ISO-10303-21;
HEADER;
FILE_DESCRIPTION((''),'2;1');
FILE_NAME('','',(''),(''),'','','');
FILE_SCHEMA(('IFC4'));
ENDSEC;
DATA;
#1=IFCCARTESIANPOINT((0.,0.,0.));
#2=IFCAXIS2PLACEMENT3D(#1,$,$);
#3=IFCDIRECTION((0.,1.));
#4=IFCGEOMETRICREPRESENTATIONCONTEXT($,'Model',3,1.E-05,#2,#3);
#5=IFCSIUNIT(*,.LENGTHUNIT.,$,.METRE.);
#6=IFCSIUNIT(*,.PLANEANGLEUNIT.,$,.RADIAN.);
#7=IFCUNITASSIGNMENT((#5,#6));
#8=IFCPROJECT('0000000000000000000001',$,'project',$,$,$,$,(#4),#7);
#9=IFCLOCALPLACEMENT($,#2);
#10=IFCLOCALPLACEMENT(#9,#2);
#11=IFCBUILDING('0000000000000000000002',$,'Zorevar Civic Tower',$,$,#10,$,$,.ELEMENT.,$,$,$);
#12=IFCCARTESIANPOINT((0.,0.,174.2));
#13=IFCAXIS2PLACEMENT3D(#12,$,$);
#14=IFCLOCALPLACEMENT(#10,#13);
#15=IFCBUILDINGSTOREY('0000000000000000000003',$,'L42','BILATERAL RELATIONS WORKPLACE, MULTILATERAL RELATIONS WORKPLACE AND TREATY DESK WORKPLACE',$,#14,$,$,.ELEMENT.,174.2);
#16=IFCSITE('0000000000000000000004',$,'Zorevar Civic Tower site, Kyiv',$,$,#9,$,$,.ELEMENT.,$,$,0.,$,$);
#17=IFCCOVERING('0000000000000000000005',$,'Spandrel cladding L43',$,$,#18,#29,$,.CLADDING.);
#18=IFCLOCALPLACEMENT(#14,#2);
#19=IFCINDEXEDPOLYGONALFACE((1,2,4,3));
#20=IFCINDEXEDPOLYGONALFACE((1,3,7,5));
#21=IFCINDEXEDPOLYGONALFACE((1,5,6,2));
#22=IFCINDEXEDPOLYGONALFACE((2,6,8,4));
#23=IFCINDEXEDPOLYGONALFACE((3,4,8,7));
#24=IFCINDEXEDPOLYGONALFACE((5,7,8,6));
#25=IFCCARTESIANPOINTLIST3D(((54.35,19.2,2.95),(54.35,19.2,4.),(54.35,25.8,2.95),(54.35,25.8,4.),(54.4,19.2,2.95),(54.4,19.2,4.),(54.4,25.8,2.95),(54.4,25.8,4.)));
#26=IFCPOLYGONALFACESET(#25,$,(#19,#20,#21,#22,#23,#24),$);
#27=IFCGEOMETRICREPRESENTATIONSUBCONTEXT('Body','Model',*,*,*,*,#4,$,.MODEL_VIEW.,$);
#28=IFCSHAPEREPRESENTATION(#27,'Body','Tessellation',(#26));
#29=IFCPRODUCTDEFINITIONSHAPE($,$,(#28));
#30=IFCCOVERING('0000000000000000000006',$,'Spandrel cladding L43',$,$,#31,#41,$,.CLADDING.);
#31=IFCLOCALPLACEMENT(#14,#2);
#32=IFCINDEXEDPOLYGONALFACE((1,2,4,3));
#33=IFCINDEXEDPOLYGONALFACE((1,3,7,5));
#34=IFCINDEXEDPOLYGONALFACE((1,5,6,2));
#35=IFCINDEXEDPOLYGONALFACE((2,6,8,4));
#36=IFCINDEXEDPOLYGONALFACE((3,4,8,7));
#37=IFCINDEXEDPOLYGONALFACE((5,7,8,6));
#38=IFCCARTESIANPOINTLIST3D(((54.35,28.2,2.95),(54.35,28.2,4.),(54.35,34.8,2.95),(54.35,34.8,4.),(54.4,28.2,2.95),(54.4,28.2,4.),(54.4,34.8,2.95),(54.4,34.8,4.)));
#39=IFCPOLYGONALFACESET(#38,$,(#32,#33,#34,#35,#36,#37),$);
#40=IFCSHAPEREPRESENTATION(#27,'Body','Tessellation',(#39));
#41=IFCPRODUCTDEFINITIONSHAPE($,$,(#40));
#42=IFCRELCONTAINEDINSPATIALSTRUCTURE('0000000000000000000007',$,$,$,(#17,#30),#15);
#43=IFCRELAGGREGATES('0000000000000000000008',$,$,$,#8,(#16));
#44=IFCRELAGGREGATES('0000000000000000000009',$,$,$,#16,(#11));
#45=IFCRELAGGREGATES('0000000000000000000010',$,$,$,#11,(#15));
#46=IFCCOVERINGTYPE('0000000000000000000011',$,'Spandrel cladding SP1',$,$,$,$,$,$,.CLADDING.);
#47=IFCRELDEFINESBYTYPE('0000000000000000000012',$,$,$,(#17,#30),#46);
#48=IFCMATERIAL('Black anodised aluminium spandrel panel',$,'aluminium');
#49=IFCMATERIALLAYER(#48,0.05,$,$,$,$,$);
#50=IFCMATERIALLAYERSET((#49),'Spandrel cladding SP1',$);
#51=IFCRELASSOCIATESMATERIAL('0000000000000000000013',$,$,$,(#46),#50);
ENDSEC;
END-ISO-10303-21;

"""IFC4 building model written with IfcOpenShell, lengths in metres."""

from ifc_helpers import new_model, si_unit, direction, frame, frame_2d, origin, place, context, subcontext, project, spatial, rectangle, extrude, material, layer, layer_set, type_object, element, save


model = new_model("IFC4")

# Units and contexts
model_context = context("Model", 3, precision=1e-05, world=origin(), true_north=direction((0.0, 1.0)))
body_context = subcontext(model_context, "Body", "Model", "MODEL_VIEW")
ifc_project = project(units=[si_unit("LENGTHUNIT", "METRE"), si_unit("PLANEANGLEUNIT", "RADIAN")], contexts=[model_context])

# Site, building, storey
site_placement = place(None, origin())
site = spatial("IfcSite", under=ifc_project, at=site_placement, Name="Zorevar Civic Tower site, Kyiv", CompositionType="ELEMENT", RefElevation=0.0)
building_placement = place(site_placement, origin())
building = spatial("IfcBuilding", under=site, at=building_placement, Name="Zorevar Civic Tower", CompositionType="ELEMENT")
storey_placement = place(building_placement, frame((0.0, 0.0, 174.2)))
storey = spatial("IfcBuildingStorey", under=building, at=storey_placement, Name="L42", Description="BILATERAL RELATIONS WORKPLACE, MULTILATERAL RELATIONS WORKPLACE AND TREATY DESK WORKPLACE", CompositionType="ELEMENT", Elevation=174.2)

# Coverings
ifc_material_1 = material(Name="Black anodised aluminium spandrel panel", Category="aluminium")
ifc_layer_1 = layer(ifc_material_1, 0.05)
ifc_layer_set_1 = layer_set([ifc_layer_1], Name="Spandrel cladding SP1")
covering_type = type_object("IfcCoveringType", Name="Spandrel cladding SP1", PredefinedType="CLADDING", material=ifc_layer_set_1)
for number, where, z_axis, x_axis, name in (
    (1, (54.375, 19.2, 2.95), (0.0, 0.0, 1.0), (0.0, 1.0, 0.0), "Spandrel cladding L43"),
    (2, (54.375, 28.2, 2.95), (0.0, 0.0, 1.0), (0.0, 1.0, 0.0), "Spandrel cladding L43"),
):
    element("IfcCovering", number, at=place(storey_placement, frame(where, z_axis=z_axis, x_axis=x_axis)), inside=storey, type_object=covering_type, Name=name, PredefinedType="CLADDING", context=body_context, shape_type="SweptSolid", body=[
        extrude(rectangle(XDim=6.6001, YDim=0.05, at=frame_2d((3.3, 0.0))), origin(), (0.0, 0.0, 1.0), 1.05),
    ])

save(model, "model.ifc")
